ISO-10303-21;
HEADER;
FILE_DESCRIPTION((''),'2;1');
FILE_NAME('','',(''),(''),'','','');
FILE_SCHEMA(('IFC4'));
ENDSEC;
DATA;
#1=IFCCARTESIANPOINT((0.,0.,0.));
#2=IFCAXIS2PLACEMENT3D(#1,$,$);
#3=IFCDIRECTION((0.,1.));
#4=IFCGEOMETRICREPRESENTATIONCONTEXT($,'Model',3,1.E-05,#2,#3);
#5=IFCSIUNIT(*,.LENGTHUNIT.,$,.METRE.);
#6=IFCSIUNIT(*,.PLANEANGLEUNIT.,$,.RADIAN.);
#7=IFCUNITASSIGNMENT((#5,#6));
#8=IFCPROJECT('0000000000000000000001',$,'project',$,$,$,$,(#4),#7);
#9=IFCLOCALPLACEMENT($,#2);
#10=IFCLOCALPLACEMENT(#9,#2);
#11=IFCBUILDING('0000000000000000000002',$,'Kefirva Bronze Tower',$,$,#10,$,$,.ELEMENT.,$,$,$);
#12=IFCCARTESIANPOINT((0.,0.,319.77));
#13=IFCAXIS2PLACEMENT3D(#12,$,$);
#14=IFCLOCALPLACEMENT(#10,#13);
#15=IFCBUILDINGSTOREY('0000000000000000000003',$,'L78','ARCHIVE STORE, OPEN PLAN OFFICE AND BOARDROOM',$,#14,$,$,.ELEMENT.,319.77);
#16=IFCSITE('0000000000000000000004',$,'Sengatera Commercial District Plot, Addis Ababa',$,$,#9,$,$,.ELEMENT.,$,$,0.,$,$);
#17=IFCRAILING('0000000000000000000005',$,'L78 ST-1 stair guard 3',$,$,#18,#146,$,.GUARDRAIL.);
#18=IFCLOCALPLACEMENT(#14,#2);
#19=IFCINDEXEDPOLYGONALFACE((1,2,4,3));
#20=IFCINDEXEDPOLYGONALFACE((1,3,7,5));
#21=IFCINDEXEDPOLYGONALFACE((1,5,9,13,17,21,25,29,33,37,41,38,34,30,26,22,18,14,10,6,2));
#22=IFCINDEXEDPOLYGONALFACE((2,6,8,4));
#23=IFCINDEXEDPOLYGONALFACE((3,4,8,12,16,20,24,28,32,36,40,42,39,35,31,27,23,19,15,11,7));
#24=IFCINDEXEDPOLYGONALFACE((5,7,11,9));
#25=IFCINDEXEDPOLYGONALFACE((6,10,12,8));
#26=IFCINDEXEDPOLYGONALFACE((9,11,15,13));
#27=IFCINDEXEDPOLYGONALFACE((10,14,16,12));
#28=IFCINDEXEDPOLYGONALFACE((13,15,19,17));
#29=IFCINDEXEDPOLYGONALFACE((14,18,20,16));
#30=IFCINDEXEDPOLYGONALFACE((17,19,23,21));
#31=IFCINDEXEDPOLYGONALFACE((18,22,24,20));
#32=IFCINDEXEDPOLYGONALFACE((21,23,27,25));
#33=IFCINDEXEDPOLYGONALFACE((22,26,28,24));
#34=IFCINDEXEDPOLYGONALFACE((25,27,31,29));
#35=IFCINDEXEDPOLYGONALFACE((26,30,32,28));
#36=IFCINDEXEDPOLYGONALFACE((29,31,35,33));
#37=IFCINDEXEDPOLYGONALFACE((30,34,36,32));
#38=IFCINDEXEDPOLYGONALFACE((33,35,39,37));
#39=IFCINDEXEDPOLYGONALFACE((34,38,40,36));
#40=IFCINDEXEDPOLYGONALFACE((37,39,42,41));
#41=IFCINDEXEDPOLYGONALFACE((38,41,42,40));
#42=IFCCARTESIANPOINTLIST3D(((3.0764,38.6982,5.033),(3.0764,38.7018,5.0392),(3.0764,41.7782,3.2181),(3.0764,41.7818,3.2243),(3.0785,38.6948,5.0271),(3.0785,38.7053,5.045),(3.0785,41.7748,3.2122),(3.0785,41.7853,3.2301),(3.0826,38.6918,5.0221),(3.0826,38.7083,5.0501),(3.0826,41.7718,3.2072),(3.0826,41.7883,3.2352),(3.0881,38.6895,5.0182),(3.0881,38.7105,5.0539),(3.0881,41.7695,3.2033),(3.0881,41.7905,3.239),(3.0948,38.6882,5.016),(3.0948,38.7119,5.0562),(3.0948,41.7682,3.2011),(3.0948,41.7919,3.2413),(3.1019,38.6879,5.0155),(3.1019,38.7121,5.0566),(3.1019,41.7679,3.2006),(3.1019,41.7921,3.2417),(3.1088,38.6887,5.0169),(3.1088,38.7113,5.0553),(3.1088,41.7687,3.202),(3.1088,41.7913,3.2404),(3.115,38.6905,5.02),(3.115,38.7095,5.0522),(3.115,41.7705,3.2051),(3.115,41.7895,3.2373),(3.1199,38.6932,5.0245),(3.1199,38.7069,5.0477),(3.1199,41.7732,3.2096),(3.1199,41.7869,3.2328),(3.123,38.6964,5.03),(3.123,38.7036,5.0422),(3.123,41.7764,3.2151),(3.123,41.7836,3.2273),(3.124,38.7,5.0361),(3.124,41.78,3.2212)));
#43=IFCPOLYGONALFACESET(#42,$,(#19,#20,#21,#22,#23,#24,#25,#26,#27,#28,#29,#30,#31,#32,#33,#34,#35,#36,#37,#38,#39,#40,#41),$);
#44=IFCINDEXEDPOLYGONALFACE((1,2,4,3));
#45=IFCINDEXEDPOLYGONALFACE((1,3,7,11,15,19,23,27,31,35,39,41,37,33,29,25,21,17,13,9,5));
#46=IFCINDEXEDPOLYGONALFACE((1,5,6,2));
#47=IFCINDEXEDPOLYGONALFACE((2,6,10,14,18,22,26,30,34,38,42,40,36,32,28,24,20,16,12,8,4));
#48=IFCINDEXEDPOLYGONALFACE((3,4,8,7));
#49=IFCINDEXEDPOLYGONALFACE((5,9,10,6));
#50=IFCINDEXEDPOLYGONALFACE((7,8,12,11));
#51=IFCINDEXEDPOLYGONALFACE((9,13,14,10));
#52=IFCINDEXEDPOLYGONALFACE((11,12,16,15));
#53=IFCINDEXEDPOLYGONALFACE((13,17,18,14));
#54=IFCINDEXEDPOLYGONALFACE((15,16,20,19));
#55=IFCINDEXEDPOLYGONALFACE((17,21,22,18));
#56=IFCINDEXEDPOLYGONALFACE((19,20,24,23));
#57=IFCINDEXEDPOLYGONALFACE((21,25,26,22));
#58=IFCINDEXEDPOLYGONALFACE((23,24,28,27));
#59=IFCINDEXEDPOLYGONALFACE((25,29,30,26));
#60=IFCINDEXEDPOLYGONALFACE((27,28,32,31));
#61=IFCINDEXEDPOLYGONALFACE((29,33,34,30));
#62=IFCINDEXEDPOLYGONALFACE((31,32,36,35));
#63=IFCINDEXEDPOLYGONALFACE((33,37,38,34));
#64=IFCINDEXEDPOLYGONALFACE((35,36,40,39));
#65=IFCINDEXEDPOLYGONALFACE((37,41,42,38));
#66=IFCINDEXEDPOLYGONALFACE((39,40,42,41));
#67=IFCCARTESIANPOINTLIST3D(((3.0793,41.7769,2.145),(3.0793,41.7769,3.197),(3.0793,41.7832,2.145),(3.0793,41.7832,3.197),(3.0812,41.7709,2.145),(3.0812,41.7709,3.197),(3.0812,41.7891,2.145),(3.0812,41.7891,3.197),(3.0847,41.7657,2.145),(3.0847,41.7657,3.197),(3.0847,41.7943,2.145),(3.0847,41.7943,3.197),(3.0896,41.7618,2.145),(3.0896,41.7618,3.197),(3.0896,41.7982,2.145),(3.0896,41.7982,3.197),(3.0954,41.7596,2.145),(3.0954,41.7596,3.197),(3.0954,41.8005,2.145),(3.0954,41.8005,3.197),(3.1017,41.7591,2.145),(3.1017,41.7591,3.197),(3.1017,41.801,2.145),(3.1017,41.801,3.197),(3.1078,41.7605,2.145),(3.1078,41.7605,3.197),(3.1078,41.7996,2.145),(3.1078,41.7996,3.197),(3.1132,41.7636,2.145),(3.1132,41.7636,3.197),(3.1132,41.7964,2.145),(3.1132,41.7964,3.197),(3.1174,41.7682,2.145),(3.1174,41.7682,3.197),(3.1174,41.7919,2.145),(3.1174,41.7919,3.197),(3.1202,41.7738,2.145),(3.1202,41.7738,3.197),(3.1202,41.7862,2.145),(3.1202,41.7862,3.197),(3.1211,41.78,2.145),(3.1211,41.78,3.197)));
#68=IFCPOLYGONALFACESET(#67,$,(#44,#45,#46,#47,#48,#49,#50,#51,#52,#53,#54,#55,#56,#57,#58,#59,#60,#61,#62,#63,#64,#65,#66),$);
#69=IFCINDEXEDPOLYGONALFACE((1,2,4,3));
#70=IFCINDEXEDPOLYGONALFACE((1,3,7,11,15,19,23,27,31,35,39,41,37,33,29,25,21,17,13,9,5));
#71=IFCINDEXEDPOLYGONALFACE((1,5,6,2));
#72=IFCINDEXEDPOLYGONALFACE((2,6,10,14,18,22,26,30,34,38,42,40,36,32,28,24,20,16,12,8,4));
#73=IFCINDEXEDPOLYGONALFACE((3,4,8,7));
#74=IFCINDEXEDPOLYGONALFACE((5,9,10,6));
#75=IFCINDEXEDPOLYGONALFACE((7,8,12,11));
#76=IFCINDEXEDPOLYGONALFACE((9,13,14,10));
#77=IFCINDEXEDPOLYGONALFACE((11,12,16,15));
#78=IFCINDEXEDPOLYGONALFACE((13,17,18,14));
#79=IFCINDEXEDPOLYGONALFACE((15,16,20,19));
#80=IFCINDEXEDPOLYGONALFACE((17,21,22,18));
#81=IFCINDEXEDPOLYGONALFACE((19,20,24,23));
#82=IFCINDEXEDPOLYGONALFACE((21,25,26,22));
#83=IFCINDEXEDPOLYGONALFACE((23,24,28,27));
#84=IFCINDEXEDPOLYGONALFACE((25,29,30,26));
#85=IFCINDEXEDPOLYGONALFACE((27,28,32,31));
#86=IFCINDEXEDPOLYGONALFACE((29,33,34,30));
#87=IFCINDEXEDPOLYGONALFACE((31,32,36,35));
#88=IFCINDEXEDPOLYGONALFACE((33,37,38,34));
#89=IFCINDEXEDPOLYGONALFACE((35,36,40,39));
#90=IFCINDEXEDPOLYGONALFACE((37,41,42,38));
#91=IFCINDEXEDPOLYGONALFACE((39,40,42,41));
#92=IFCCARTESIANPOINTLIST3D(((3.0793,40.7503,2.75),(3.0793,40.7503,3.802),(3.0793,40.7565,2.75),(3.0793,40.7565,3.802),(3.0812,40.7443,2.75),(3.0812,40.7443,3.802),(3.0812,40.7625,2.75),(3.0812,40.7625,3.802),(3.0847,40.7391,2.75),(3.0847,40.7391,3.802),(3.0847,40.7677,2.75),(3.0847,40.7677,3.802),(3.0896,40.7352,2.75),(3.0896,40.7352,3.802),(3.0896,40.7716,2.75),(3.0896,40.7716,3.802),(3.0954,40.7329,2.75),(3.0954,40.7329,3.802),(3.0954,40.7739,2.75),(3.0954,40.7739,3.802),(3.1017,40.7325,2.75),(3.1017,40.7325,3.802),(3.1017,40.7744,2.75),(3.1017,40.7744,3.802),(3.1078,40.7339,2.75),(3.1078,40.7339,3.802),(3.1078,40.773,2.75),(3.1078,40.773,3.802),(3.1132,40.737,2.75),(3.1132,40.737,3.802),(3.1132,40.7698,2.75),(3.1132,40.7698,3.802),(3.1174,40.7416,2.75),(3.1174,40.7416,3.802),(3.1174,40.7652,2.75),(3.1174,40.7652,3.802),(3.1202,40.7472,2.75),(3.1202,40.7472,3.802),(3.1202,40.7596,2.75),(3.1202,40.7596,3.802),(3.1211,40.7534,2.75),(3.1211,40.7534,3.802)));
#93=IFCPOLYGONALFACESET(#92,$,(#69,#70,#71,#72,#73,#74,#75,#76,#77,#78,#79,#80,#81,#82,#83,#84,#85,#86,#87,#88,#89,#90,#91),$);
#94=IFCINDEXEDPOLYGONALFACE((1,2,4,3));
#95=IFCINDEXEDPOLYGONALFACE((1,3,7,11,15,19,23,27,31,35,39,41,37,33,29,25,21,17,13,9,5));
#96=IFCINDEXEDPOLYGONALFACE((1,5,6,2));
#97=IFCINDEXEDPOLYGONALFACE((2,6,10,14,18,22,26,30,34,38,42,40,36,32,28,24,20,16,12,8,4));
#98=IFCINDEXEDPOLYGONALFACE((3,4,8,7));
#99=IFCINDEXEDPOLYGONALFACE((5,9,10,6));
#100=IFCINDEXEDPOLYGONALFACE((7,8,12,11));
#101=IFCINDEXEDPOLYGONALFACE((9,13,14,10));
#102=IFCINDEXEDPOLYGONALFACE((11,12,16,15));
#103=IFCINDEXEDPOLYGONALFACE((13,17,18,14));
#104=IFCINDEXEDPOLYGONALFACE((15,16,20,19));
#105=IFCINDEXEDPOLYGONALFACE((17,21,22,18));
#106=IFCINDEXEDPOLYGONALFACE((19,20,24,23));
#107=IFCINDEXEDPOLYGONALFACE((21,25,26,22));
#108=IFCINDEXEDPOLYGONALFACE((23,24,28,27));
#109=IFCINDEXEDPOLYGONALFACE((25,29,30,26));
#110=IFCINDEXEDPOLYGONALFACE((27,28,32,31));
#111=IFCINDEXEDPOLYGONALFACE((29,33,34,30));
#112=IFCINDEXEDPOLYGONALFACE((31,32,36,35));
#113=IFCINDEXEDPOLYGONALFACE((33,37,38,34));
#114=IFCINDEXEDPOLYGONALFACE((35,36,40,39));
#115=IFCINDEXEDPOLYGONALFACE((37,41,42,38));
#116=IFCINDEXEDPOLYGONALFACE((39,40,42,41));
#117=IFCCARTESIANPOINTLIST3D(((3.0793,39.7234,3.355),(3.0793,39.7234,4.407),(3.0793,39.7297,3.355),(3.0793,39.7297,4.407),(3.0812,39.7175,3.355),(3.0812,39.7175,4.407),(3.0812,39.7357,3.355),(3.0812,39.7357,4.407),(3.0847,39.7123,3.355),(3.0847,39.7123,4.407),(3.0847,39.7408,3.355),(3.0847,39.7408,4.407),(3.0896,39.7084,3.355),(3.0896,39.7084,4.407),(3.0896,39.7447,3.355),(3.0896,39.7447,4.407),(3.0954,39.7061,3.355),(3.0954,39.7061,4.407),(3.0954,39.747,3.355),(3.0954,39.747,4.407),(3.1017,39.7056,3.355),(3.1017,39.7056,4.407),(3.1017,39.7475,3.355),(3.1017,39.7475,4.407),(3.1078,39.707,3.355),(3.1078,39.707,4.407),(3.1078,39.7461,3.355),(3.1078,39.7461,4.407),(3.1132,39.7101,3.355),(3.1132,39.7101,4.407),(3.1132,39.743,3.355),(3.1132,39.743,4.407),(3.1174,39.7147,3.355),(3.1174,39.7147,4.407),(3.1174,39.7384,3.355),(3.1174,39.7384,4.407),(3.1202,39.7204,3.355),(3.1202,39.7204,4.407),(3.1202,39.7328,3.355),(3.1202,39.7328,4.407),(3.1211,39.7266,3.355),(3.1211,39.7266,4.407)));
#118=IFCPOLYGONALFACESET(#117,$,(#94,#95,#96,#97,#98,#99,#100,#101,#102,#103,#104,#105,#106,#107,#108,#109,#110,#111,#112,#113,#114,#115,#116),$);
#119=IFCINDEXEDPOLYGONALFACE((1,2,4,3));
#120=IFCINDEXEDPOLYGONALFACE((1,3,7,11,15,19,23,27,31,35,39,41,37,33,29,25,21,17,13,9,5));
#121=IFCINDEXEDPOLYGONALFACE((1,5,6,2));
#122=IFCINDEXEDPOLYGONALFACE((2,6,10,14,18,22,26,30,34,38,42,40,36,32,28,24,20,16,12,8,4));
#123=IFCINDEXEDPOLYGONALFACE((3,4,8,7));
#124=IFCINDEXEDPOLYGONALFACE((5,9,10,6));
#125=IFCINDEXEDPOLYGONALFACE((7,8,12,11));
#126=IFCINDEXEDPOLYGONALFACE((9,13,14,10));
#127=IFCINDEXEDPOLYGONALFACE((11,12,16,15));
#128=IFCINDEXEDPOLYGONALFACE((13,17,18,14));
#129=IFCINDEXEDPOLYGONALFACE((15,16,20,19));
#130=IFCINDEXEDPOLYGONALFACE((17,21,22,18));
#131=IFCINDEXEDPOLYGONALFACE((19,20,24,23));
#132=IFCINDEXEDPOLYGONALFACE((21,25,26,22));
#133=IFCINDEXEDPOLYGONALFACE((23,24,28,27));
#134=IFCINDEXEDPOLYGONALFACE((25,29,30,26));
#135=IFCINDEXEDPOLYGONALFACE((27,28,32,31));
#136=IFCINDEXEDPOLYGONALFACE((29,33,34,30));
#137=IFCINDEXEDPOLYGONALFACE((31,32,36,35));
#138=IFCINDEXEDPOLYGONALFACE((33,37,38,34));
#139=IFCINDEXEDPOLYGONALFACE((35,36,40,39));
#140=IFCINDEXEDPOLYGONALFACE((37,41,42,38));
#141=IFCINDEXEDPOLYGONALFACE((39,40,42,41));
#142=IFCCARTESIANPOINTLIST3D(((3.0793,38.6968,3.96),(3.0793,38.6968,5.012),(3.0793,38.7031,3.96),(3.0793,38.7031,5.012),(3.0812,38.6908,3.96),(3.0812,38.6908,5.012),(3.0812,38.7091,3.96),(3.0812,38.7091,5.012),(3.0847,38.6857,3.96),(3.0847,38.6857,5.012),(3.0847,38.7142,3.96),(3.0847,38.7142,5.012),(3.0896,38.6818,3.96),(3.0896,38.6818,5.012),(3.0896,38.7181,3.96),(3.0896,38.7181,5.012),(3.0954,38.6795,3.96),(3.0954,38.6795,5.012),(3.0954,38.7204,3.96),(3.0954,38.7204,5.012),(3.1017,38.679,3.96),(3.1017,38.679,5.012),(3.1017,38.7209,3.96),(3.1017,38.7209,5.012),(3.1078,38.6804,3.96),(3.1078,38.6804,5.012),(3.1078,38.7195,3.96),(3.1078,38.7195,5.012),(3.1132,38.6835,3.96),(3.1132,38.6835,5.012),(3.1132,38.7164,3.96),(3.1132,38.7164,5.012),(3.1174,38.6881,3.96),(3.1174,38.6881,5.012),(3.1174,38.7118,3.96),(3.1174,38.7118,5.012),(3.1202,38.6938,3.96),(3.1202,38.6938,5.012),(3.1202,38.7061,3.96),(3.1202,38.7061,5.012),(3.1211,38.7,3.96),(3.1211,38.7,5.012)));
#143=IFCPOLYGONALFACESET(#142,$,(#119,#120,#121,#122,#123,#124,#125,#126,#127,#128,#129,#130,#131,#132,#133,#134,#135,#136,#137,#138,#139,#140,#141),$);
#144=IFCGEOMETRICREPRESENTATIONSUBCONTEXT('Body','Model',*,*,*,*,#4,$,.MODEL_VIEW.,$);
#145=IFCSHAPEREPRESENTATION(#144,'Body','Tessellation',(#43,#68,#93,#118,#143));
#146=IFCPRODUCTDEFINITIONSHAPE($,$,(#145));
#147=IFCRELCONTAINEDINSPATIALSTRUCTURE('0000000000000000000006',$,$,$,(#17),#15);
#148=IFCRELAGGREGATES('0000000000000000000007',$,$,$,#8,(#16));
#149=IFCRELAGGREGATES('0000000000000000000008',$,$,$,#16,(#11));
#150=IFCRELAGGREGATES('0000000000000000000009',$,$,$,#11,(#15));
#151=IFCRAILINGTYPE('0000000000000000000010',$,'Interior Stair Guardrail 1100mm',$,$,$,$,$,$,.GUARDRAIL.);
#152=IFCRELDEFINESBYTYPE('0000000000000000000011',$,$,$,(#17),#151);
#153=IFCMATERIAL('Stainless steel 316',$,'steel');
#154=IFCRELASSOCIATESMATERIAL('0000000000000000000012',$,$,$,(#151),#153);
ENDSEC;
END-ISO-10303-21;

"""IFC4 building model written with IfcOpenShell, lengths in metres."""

from ifc_helpers import new_model, si_unit, direction, frame, origin, origin_2d, place, context, subcontext, project, spatial, circle, extrude, material, type_object, element, save


model = new_model("IFC4")

# Units and contexts
model_context = context("Model", 3, precision=1e-05, world=origin(), true_north=direction((0.0, 1.0)))
body_context = subcontext(model_context, "Body", "Model", "MODEL_VIEW")
ifc_project = project(units=[si_unit("LENGTHUNIT", "METRE"), si_unit("PLANEANGLEUNIT", "RADIAN")], contexts=[model_context])

# Site, building, storey
site_placement = place(None, origin())
site = spatial("IfcSite", under=ifc_project, at=site_placement, Name="Sengatera Commercial District Plot, Addis Ababa", CompositionType="ELEMENT", RefElevation=0.0)
building_placement = place(site_placement, origin())
building = spatial("IfcBuilding", under=site, at=building_placement, Name="Kefirva Bronze Tower", CompositionType="ELEMENT")
storey_placement = place(building_placement, frame((0.0, 0.0, 319.77)))
storey = spatial("IfcBuildingStorey", under=building, at=storey_placement, Name="L78", Description="ARCHIVE STORE, OPEN PLAN OFFICE AND BOARDROOM", CompositionType="ELEMENT", Elevation=319.77)

# Railing
ifc_material_1 = material(Name="Stainless steel 316", Category="steel")
railing_type_1 = type_object("IfcRailingType", Name="Interior Stair Guardrail 1100mm", PredefinedType="GUARDRAIL", material=ifc_material_1)
railing_1_placement = place(storey_placement, frame((3.1001, 41.78, 2.145)))
element("IfcRailing", 1, at=railing_1_placement, inside=storey, type_object=railing_type_1, Name="L78 ST-1 stair guard 3", PredefinedType="GUARDRAIL", context=body_context, shape_type="SweptSolid", body=[
    extrude(circle(Radius=0.0239, at=origin_2d()), frame((0.0, 0.0, 1.0762), z_axis=(0.0, -0.861551, 0.507671), x_axis=(1.0, 0.0, 0.0)), (0.0, 0.0, 1.0), 3.575),
    extrude(circle(Radius=0.021, at=origin_2d()), origin(), (0.0, 0.0, 1.0), 1.052),
    extrude(circle(Radius=0.021, at=origin_2d()), frame((0.0, -1.0266, 0.605)), (0.0, 0.0, 1.0), 1.052),
    extrude(circle(Radius=0.021, at=origin_2d()), frame((0.0, -2.0535, 1.21)), (0.0, 0.0, 1.0), 1.052),
    extrude(circle(Radius=0.021, at=origin_2d()), frame((0.0, -3.0801, 1.8149)), (0.0, 0.0, 1.0), 1.052),
])

save(model, "model.ifc")
